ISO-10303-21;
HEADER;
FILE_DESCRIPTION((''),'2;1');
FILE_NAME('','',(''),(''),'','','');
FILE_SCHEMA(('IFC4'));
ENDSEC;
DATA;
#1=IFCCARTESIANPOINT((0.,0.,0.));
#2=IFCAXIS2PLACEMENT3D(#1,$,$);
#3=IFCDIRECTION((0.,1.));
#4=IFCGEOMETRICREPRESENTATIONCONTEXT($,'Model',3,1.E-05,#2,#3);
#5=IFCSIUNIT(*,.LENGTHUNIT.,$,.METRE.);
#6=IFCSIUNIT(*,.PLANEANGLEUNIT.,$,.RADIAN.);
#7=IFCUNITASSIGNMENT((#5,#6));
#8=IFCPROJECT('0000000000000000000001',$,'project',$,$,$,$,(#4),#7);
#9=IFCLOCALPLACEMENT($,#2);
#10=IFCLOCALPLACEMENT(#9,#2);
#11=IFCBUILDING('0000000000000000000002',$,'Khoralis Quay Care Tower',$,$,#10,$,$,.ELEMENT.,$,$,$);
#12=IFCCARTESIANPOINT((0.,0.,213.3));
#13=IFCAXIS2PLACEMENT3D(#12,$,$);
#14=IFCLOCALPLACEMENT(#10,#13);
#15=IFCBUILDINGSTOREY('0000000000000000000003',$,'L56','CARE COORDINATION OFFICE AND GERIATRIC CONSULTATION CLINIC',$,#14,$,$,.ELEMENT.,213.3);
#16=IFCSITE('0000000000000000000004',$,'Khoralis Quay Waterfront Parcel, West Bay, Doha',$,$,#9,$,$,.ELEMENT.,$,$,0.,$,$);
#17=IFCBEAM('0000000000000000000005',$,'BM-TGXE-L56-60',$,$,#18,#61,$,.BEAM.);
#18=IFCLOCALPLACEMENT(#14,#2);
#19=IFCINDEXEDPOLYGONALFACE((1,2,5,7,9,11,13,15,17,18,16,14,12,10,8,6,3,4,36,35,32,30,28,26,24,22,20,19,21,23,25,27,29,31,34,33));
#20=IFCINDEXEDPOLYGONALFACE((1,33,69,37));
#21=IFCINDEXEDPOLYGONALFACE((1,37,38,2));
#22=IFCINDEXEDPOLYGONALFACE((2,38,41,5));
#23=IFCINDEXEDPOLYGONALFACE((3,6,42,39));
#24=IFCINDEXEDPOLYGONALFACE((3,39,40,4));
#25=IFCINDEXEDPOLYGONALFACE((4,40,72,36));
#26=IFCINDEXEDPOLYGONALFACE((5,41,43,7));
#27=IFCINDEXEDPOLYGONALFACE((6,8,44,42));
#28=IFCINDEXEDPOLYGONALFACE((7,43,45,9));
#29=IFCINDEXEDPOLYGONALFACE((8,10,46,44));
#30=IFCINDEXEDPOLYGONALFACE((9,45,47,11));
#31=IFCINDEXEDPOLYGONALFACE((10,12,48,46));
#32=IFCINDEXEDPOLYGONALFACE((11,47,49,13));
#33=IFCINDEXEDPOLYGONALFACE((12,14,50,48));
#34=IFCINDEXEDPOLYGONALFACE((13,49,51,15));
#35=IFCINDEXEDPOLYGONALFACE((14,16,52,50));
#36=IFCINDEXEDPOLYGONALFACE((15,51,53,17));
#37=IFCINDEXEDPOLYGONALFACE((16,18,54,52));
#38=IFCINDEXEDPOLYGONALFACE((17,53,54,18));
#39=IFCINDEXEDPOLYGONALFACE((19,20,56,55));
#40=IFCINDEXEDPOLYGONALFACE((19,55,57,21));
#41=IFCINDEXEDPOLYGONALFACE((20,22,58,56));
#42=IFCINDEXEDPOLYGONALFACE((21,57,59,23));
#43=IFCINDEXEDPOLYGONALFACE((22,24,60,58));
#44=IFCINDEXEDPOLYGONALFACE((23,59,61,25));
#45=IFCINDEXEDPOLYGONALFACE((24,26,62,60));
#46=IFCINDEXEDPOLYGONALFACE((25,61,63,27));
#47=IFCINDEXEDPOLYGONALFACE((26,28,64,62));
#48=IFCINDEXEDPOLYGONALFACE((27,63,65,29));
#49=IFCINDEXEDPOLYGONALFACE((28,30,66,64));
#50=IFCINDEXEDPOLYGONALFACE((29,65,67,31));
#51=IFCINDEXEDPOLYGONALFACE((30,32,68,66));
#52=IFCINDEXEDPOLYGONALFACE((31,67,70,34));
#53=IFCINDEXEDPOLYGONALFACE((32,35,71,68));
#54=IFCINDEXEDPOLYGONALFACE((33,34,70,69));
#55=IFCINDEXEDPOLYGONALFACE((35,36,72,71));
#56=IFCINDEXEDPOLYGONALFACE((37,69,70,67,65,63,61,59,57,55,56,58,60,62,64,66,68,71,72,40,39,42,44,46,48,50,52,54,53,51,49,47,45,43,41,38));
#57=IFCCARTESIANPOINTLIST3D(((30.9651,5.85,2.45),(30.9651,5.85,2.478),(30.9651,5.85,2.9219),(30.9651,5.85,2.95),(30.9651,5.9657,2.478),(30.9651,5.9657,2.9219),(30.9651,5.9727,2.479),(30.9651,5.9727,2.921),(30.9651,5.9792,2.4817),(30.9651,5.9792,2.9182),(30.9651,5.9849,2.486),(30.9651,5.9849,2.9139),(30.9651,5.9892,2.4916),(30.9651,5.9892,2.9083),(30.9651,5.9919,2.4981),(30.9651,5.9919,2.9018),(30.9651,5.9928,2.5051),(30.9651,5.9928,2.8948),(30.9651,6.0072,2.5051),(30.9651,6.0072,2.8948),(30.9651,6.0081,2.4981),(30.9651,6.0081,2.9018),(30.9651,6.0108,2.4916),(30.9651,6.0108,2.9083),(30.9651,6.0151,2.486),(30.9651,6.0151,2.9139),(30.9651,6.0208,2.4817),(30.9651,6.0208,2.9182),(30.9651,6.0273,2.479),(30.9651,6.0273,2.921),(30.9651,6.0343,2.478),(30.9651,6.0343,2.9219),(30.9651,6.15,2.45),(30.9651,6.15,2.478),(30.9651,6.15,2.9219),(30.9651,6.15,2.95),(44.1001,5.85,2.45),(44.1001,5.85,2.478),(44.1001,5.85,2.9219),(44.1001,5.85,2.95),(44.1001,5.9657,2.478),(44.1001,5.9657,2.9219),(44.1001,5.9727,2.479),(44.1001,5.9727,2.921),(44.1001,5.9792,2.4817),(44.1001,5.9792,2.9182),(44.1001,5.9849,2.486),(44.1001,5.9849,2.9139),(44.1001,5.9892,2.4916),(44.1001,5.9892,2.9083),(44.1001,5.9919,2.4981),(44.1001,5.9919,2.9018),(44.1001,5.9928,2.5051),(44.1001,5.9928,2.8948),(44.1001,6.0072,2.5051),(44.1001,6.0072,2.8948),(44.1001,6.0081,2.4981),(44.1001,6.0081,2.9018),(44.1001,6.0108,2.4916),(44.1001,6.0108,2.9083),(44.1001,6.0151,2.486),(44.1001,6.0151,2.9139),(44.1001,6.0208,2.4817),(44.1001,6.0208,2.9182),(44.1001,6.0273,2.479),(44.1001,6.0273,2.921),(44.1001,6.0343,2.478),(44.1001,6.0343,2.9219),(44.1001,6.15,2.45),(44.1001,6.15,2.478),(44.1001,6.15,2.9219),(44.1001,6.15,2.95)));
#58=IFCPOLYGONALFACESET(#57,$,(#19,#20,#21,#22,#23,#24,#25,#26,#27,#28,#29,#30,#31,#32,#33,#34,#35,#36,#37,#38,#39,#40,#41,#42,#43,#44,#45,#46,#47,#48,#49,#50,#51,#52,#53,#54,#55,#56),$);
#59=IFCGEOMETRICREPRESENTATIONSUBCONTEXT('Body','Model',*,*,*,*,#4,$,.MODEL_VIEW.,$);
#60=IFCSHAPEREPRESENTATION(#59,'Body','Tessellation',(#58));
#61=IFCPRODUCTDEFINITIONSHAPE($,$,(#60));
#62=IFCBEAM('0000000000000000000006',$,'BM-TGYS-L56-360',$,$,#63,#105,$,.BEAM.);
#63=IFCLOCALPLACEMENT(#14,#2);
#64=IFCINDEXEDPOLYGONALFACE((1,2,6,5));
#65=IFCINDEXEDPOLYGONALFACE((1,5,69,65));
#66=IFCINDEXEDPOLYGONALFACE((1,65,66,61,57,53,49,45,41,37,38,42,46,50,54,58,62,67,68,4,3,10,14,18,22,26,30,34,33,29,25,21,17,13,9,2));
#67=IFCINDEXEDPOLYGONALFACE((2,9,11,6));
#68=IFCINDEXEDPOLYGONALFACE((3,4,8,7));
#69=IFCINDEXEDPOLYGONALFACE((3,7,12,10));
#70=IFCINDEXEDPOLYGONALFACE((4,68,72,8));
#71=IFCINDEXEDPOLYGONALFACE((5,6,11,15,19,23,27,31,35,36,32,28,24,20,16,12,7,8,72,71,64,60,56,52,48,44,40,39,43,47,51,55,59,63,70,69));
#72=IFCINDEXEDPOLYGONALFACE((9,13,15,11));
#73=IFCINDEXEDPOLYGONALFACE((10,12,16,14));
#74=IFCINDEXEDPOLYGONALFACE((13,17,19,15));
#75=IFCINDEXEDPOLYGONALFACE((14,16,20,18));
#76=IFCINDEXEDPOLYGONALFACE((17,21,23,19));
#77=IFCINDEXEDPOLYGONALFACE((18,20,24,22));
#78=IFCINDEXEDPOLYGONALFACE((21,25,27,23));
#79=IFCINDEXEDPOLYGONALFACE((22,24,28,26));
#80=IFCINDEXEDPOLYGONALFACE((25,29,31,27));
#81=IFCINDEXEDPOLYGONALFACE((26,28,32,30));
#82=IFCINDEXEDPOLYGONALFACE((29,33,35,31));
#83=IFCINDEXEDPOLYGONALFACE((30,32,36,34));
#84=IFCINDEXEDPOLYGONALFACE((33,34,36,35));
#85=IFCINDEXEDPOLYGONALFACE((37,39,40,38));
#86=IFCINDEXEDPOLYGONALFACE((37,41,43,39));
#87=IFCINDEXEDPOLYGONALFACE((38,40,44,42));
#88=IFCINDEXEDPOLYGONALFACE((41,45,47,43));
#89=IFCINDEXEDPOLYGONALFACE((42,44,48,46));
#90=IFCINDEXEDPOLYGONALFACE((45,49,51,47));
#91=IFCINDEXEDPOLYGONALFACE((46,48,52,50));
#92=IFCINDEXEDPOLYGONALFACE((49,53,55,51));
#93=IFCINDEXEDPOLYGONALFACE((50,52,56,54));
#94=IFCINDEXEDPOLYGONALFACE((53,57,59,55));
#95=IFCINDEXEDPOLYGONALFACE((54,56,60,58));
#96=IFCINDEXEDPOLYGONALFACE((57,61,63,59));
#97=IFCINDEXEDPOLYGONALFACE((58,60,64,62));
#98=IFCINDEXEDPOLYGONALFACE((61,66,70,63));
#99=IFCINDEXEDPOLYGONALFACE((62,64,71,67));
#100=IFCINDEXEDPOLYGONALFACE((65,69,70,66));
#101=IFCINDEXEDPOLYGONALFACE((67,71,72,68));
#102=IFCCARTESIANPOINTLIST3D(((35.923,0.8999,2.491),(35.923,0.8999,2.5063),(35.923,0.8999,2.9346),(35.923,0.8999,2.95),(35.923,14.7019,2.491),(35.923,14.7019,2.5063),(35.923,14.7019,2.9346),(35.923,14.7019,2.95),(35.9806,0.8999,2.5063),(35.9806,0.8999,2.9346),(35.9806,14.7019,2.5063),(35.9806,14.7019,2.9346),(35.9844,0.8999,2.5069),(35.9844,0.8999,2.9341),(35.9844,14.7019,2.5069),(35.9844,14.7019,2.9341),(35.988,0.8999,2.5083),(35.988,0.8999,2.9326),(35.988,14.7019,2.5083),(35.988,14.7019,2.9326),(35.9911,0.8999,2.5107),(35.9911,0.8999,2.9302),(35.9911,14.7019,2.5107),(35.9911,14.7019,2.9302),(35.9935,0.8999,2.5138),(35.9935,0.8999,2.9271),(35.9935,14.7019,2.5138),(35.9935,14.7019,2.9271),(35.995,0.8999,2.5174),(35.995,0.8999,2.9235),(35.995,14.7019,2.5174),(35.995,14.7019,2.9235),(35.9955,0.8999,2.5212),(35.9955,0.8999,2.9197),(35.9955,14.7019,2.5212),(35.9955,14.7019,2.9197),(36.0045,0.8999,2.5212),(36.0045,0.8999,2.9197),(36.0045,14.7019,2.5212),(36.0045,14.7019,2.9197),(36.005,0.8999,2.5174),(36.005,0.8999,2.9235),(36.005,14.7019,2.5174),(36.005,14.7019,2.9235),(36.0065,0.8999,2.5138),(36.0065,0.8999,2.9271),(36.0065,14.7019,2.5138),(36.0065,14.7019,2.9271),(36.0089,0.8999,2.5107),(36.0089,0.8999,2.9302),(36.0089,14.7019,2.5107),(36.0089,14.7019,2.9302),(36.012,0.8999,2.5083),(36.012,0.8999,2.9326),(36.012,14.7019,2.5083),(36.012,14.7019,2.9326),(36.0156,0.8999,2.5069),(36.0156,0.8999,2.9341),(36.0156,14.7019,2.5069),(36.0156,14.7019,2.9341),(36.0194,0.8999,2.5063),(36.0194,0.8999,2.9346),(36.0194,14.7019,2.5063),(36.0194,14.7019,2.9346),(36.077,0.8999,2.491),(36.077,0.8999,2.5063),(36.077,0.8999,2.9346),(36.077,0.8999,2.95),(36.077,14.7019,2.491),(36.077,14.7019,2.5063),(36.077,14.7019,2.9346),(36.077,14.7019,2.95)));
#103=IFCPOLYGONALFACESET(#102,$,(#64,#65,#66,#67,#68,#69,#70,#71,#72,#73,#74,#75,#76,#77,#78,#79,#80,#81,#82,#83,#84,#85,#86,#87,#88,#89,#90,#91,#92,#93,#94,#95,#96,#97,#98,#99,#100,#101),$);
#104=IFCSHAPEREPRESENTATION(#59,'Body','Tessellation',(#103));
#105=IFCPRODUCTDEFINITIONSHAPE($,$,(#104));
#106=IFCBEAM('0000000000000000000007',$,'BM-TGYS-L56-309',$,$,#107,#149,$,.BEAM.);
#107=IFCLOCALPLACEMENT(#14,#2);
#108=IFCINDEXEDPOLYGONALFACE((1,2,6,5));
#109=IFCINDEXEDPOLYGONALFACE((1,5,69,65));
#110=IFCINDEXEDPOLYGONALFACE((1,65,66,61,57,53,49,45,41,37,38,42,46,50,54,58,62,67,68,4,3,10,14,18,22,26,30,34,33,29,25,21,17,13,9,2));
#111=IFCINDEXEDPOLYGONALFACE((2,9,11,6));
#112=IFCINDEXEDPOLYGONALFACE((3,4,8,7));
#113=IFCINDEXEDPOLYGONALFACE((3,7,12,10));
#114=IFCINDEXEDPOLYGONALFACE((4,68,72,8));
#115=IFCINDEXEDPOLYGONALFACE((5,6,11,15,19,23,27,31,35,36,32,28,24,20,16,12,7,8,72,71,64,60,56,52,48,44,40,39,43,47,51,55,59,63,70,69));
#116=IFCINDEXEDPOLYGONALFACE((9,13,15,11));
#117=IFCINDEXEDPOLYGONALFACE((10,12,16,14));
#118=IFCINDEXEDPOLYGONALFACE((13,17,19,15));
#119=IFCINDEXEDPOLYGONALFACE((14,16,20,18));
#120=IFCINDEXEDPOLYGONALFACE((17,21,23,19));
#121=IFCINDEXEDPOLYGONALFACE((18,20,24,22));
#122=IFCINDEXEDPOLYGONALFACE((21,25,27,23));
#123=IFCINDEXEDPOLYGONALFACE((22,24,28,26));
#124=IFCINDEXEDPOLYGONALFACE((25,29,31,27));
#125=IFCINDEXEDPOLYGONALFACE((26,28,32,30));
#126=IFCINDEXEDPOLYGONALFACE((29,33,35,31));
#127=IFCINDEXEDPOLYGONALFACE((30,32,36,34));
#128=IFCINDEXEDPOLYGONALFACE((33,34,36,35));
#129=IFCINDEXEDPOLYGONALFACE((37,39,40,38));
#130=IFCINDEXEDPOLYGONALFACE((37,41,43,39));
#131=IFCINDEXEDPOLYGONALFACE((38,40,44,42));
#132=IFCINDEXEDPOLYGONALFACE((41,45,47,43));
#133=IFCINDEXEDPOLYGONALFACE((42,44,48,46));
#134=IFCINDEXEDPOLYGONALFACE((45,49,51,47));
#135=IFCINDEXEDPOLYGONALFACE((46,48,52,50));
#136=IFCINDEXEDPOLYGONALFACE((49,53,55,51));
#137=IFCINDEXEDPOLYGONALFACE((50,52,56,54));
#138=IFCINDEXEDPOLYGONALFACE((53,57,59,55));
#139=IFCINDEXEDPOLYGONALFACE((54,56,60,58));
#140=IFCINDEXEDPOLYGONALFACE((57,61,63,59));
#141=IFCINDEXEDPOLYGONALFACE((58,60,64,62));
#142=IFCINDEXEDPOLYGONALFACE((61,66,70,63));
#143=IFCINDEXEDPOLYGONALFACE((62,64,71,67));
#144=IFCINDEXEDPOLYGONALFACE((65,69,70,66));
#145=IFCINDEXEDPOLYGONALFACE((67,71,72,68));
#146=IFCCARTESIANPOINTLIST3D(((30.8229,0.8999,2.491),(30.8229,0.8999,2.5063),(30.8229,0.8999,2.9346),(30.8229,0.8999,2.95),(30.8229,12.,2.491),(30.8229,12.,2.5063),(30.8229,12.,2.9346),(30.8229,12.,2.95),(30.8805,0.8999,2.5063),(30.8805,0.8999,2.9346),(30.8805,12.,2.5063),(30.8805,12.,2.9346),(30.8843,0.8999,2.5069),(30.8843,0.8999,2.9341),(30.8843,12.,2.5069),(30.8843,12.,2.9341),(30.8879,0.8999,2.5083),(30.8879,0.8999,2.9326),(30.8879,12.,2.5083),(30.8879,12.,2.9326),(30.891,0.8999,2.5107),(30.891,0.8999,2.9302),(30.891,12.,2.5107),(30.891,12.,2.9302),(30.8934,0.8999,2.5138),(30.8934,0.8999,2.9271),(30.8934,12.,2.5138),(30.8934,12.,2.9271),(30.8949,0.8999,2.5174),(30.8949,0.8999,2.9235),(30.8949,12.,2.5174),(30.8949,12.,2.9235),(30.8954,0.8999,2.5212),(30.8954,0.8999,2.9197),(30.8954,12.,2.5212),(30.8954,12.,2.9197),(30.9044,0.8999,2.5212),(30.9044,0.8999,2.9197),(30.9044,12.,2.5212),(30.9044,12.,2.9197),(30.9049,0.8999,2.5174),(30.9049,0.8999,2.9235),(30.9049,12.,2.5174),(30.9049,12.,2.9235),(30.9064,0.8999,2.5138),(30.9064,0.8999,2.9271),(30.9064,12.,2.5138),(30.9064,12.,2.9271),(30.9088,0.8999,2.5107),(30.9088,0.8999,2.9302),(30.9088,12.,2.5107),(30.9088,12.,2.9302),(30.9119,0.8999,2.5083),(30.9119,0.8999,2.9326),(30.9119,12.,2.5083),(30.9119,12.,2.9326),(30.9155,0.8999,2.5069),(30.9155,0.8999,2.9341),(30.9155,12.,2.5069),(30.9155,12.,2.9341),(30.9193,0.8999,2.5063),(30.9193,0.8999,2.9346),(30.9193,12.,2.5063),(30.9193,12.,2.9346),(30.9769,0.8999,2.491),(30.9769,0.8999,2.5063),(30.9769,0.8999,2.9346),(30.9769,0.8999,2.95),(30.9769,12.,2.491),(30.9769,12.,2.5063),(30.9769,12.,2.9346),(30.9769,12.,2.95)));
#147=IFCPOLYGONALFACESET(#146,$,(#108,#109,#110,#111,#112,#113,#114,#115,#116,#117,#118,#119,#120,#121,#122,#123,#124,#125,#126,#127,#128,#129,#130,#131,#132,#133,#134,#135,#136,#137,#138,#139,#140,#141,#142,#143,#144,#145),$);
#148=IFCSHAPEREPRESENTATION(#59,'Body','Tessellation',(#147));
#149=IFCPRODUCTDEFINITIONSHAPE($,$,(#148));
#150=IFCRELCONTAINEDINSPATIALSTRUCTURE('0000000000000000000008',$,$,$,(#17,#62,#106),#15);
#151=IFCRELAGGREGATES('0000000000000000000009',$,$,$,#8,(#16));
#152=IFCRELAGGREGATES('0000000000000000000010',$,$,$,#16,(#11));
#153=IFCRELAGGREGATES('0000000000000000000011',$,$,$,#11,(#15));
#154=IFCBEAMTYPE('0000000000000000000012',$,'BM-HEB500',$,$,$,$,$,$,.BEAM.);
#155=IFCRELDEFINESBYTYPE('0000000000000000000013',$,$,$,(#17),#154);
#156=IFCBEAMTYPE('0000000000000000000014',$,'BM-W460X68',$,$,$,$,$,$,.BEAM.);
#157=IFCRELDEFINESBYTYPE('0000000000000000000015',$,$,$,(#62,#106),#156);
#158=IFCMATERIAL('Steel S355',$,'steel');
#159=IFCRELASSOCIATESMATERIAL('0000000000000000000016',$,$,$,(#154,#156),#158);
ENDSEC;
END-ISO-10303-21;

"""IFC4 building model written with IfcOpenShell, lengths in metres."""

from ifc_helpers import new_model, si_unit, direction, frame, origin, origin_2d, place, context, subcontext, project, spatial, i_section, extrude, source, transform, mapped, material, material_profile, profile_set, type_object, element, save


model = new_model("IFC4")

# Units and contexts
model_context = context("Model", 3, precision=1e-05, world=origin(), true_north=direction((0.0, 1.0)))
body_context = subcontext(model_context, "Body", "Model", "MODEL_VIEW")
ifc_project = project(units=[si_unit("LENGTHUNIT", "METRE"), si_unit("PLANEANGLEUNIT", "RADIAN")], contexts=[model_context])

# Site, building, storey
site_placement = place(None, origin())
site = spatial("IfcSite", under=ifc_project, at=site_placement, Name="Khoralis Quay Waterfront Parcel, West Bay, Doha", CompositionType="ELEMENT", RefElevation=0.0)
building_placement = place(site_placement, origin())
building = spatial("IfcBuilding", under=site, at=building_placement, Name="Khoralis Quay Care Tower", CompositionType="ELEMENT")
storey_placement = place(building_placement, frame((0.0, 0.0, 213.3)))
storey = spatial("IfcBuildingStorey", under=building, at=storey_placement, Name="L56", Description="CARE COORDINATION OFFICE AND GERIATRIC CONSULTATION CLINIC", CompositionType="ELEMENT", Elevation=213.3)

# Beams
ifc_material_1 = material(Name="Steel S355", Category="steel")
ifc_material_profile_1 = material_profile(ifc_material_1, i_section(OverallWidth=0.3, OverallDepth=0.5, WebThickness=0.0144, FlangeThickness=0.0281, FilletRadius=0.0271, at=origin_2d()), Name="Steel S355")
ifc_profile_set_1 = profile_set([ifc_material_profile_1], Name="Steel S355")
beam_type_1 = type_object("IfcBeamType", Name="BM-HEB500", PredefinedType="BEAM", material=ifc_profile_set_1)
shared_shape_1 = source(origin(), body_context, "Body", "SweptSolid", [
    extrude(i_section(OverallWidth=0.3, OverallDepth=0.5, WebThickness=0.0144, FlangeThickness=0.0281, FilletRadius=0.0271, at=origin_2d()), origin(), (0.0, 0.0, 1.0), 13.135),
])
beam_1_placement = place(storey_placement, frame((30.9651, 6.0, 2.7), z_axis=(1.0, 0.0, 0.0), x_axis=(0.0, 1.0, 0.0)))
element("IfcBeam", 1, at=beam_1_placement, inside=storey, type_object=beam_type_1, Name="BM-TGXE-L56-60", PredefinedType="BEAM", context=body_context, shape_type="MappedRepresentation", body=[
    mapped(shared_shape_1, transform((0.0, 0.0, 0.0), scale=1.0)),
])
ifc_material_profile_2 = material_profile(ifc_material_1, i_section(OverallWidth=0.1541, OverallDepth=0.459, WebThickness=0.009, FlangeThickness=0.0154, FilletRadius=0.0149, at=origin_2d()), Name="Steel S355")
ifc_profile_set_2 = profile_set([ifc_material_profile_2], Name="Steel S355")
beam_type_2 = type_object("IfcBeamType", Name="BM-W460X68", PredefinedType="BEAM", material=ifc_profile_set_2)
shared_shape_2 = source(origin(), body_context, "Body", "SweptSolid", [
    extrude(i_section(OverallWidth=0.1541, OverallDepth=0.459, WebThickness=0.009, FlangeThickness=0.0154, FilletRadius=0.0149, at=origin_2d()), origin(), (0.0, 0.0, 1.0), 13.802),
])
beam_2_placement = place(storey_placement, frame((36.0, 0.8999, 2.7205), z_axis=(0.0, 1.0, 0.0), x_axis=(-1.0, 0.0, 0.0)))
element("IfcBeam", 2, at=beam_2_placement, inside=storey, type_object=beam_type_2, Name="BM-TGYS-L56-360", PredefinedType="BEAM", context=body_context, shape_type="MappedRepresentation", body=[
    mapped(shared_shape_2, transform((0.0, 0.0, 0.0), scale=1.0)),
])
shared_shape_3 = source(origin(), body_context, "Body", "SweptSolid", [
    extrude(i_section(OverallWidth=0.1541, OverallDepth=0.459, WebThickness=0.009, FlangeThickness=0.0154, FilletRadius=0.0149, at=origin_2d()), origin(), (0.0, 0.0, 1.0), 11.1001),
])
beam_3_placement = place(storey_placement, frame((30.8999, 0.8999, 2.7205), z_axis=(0.0, 1.0, 0.0), x_axis=(-1.0, 0.0, 0.0)))
element("IfcBeam", 3, at=beam_3_placement, inside=storey, type_object=beam_type_2, Name="BM-TGYS-L56-309", PredefinedType="BEAM", context=body_context, shape_type="MappedRepresentation", body=[
    mapped(shared_shape_3, transform((0.0, 0.0, 0.0), scale=1.0)),
])

save(model, "model.ifc")
